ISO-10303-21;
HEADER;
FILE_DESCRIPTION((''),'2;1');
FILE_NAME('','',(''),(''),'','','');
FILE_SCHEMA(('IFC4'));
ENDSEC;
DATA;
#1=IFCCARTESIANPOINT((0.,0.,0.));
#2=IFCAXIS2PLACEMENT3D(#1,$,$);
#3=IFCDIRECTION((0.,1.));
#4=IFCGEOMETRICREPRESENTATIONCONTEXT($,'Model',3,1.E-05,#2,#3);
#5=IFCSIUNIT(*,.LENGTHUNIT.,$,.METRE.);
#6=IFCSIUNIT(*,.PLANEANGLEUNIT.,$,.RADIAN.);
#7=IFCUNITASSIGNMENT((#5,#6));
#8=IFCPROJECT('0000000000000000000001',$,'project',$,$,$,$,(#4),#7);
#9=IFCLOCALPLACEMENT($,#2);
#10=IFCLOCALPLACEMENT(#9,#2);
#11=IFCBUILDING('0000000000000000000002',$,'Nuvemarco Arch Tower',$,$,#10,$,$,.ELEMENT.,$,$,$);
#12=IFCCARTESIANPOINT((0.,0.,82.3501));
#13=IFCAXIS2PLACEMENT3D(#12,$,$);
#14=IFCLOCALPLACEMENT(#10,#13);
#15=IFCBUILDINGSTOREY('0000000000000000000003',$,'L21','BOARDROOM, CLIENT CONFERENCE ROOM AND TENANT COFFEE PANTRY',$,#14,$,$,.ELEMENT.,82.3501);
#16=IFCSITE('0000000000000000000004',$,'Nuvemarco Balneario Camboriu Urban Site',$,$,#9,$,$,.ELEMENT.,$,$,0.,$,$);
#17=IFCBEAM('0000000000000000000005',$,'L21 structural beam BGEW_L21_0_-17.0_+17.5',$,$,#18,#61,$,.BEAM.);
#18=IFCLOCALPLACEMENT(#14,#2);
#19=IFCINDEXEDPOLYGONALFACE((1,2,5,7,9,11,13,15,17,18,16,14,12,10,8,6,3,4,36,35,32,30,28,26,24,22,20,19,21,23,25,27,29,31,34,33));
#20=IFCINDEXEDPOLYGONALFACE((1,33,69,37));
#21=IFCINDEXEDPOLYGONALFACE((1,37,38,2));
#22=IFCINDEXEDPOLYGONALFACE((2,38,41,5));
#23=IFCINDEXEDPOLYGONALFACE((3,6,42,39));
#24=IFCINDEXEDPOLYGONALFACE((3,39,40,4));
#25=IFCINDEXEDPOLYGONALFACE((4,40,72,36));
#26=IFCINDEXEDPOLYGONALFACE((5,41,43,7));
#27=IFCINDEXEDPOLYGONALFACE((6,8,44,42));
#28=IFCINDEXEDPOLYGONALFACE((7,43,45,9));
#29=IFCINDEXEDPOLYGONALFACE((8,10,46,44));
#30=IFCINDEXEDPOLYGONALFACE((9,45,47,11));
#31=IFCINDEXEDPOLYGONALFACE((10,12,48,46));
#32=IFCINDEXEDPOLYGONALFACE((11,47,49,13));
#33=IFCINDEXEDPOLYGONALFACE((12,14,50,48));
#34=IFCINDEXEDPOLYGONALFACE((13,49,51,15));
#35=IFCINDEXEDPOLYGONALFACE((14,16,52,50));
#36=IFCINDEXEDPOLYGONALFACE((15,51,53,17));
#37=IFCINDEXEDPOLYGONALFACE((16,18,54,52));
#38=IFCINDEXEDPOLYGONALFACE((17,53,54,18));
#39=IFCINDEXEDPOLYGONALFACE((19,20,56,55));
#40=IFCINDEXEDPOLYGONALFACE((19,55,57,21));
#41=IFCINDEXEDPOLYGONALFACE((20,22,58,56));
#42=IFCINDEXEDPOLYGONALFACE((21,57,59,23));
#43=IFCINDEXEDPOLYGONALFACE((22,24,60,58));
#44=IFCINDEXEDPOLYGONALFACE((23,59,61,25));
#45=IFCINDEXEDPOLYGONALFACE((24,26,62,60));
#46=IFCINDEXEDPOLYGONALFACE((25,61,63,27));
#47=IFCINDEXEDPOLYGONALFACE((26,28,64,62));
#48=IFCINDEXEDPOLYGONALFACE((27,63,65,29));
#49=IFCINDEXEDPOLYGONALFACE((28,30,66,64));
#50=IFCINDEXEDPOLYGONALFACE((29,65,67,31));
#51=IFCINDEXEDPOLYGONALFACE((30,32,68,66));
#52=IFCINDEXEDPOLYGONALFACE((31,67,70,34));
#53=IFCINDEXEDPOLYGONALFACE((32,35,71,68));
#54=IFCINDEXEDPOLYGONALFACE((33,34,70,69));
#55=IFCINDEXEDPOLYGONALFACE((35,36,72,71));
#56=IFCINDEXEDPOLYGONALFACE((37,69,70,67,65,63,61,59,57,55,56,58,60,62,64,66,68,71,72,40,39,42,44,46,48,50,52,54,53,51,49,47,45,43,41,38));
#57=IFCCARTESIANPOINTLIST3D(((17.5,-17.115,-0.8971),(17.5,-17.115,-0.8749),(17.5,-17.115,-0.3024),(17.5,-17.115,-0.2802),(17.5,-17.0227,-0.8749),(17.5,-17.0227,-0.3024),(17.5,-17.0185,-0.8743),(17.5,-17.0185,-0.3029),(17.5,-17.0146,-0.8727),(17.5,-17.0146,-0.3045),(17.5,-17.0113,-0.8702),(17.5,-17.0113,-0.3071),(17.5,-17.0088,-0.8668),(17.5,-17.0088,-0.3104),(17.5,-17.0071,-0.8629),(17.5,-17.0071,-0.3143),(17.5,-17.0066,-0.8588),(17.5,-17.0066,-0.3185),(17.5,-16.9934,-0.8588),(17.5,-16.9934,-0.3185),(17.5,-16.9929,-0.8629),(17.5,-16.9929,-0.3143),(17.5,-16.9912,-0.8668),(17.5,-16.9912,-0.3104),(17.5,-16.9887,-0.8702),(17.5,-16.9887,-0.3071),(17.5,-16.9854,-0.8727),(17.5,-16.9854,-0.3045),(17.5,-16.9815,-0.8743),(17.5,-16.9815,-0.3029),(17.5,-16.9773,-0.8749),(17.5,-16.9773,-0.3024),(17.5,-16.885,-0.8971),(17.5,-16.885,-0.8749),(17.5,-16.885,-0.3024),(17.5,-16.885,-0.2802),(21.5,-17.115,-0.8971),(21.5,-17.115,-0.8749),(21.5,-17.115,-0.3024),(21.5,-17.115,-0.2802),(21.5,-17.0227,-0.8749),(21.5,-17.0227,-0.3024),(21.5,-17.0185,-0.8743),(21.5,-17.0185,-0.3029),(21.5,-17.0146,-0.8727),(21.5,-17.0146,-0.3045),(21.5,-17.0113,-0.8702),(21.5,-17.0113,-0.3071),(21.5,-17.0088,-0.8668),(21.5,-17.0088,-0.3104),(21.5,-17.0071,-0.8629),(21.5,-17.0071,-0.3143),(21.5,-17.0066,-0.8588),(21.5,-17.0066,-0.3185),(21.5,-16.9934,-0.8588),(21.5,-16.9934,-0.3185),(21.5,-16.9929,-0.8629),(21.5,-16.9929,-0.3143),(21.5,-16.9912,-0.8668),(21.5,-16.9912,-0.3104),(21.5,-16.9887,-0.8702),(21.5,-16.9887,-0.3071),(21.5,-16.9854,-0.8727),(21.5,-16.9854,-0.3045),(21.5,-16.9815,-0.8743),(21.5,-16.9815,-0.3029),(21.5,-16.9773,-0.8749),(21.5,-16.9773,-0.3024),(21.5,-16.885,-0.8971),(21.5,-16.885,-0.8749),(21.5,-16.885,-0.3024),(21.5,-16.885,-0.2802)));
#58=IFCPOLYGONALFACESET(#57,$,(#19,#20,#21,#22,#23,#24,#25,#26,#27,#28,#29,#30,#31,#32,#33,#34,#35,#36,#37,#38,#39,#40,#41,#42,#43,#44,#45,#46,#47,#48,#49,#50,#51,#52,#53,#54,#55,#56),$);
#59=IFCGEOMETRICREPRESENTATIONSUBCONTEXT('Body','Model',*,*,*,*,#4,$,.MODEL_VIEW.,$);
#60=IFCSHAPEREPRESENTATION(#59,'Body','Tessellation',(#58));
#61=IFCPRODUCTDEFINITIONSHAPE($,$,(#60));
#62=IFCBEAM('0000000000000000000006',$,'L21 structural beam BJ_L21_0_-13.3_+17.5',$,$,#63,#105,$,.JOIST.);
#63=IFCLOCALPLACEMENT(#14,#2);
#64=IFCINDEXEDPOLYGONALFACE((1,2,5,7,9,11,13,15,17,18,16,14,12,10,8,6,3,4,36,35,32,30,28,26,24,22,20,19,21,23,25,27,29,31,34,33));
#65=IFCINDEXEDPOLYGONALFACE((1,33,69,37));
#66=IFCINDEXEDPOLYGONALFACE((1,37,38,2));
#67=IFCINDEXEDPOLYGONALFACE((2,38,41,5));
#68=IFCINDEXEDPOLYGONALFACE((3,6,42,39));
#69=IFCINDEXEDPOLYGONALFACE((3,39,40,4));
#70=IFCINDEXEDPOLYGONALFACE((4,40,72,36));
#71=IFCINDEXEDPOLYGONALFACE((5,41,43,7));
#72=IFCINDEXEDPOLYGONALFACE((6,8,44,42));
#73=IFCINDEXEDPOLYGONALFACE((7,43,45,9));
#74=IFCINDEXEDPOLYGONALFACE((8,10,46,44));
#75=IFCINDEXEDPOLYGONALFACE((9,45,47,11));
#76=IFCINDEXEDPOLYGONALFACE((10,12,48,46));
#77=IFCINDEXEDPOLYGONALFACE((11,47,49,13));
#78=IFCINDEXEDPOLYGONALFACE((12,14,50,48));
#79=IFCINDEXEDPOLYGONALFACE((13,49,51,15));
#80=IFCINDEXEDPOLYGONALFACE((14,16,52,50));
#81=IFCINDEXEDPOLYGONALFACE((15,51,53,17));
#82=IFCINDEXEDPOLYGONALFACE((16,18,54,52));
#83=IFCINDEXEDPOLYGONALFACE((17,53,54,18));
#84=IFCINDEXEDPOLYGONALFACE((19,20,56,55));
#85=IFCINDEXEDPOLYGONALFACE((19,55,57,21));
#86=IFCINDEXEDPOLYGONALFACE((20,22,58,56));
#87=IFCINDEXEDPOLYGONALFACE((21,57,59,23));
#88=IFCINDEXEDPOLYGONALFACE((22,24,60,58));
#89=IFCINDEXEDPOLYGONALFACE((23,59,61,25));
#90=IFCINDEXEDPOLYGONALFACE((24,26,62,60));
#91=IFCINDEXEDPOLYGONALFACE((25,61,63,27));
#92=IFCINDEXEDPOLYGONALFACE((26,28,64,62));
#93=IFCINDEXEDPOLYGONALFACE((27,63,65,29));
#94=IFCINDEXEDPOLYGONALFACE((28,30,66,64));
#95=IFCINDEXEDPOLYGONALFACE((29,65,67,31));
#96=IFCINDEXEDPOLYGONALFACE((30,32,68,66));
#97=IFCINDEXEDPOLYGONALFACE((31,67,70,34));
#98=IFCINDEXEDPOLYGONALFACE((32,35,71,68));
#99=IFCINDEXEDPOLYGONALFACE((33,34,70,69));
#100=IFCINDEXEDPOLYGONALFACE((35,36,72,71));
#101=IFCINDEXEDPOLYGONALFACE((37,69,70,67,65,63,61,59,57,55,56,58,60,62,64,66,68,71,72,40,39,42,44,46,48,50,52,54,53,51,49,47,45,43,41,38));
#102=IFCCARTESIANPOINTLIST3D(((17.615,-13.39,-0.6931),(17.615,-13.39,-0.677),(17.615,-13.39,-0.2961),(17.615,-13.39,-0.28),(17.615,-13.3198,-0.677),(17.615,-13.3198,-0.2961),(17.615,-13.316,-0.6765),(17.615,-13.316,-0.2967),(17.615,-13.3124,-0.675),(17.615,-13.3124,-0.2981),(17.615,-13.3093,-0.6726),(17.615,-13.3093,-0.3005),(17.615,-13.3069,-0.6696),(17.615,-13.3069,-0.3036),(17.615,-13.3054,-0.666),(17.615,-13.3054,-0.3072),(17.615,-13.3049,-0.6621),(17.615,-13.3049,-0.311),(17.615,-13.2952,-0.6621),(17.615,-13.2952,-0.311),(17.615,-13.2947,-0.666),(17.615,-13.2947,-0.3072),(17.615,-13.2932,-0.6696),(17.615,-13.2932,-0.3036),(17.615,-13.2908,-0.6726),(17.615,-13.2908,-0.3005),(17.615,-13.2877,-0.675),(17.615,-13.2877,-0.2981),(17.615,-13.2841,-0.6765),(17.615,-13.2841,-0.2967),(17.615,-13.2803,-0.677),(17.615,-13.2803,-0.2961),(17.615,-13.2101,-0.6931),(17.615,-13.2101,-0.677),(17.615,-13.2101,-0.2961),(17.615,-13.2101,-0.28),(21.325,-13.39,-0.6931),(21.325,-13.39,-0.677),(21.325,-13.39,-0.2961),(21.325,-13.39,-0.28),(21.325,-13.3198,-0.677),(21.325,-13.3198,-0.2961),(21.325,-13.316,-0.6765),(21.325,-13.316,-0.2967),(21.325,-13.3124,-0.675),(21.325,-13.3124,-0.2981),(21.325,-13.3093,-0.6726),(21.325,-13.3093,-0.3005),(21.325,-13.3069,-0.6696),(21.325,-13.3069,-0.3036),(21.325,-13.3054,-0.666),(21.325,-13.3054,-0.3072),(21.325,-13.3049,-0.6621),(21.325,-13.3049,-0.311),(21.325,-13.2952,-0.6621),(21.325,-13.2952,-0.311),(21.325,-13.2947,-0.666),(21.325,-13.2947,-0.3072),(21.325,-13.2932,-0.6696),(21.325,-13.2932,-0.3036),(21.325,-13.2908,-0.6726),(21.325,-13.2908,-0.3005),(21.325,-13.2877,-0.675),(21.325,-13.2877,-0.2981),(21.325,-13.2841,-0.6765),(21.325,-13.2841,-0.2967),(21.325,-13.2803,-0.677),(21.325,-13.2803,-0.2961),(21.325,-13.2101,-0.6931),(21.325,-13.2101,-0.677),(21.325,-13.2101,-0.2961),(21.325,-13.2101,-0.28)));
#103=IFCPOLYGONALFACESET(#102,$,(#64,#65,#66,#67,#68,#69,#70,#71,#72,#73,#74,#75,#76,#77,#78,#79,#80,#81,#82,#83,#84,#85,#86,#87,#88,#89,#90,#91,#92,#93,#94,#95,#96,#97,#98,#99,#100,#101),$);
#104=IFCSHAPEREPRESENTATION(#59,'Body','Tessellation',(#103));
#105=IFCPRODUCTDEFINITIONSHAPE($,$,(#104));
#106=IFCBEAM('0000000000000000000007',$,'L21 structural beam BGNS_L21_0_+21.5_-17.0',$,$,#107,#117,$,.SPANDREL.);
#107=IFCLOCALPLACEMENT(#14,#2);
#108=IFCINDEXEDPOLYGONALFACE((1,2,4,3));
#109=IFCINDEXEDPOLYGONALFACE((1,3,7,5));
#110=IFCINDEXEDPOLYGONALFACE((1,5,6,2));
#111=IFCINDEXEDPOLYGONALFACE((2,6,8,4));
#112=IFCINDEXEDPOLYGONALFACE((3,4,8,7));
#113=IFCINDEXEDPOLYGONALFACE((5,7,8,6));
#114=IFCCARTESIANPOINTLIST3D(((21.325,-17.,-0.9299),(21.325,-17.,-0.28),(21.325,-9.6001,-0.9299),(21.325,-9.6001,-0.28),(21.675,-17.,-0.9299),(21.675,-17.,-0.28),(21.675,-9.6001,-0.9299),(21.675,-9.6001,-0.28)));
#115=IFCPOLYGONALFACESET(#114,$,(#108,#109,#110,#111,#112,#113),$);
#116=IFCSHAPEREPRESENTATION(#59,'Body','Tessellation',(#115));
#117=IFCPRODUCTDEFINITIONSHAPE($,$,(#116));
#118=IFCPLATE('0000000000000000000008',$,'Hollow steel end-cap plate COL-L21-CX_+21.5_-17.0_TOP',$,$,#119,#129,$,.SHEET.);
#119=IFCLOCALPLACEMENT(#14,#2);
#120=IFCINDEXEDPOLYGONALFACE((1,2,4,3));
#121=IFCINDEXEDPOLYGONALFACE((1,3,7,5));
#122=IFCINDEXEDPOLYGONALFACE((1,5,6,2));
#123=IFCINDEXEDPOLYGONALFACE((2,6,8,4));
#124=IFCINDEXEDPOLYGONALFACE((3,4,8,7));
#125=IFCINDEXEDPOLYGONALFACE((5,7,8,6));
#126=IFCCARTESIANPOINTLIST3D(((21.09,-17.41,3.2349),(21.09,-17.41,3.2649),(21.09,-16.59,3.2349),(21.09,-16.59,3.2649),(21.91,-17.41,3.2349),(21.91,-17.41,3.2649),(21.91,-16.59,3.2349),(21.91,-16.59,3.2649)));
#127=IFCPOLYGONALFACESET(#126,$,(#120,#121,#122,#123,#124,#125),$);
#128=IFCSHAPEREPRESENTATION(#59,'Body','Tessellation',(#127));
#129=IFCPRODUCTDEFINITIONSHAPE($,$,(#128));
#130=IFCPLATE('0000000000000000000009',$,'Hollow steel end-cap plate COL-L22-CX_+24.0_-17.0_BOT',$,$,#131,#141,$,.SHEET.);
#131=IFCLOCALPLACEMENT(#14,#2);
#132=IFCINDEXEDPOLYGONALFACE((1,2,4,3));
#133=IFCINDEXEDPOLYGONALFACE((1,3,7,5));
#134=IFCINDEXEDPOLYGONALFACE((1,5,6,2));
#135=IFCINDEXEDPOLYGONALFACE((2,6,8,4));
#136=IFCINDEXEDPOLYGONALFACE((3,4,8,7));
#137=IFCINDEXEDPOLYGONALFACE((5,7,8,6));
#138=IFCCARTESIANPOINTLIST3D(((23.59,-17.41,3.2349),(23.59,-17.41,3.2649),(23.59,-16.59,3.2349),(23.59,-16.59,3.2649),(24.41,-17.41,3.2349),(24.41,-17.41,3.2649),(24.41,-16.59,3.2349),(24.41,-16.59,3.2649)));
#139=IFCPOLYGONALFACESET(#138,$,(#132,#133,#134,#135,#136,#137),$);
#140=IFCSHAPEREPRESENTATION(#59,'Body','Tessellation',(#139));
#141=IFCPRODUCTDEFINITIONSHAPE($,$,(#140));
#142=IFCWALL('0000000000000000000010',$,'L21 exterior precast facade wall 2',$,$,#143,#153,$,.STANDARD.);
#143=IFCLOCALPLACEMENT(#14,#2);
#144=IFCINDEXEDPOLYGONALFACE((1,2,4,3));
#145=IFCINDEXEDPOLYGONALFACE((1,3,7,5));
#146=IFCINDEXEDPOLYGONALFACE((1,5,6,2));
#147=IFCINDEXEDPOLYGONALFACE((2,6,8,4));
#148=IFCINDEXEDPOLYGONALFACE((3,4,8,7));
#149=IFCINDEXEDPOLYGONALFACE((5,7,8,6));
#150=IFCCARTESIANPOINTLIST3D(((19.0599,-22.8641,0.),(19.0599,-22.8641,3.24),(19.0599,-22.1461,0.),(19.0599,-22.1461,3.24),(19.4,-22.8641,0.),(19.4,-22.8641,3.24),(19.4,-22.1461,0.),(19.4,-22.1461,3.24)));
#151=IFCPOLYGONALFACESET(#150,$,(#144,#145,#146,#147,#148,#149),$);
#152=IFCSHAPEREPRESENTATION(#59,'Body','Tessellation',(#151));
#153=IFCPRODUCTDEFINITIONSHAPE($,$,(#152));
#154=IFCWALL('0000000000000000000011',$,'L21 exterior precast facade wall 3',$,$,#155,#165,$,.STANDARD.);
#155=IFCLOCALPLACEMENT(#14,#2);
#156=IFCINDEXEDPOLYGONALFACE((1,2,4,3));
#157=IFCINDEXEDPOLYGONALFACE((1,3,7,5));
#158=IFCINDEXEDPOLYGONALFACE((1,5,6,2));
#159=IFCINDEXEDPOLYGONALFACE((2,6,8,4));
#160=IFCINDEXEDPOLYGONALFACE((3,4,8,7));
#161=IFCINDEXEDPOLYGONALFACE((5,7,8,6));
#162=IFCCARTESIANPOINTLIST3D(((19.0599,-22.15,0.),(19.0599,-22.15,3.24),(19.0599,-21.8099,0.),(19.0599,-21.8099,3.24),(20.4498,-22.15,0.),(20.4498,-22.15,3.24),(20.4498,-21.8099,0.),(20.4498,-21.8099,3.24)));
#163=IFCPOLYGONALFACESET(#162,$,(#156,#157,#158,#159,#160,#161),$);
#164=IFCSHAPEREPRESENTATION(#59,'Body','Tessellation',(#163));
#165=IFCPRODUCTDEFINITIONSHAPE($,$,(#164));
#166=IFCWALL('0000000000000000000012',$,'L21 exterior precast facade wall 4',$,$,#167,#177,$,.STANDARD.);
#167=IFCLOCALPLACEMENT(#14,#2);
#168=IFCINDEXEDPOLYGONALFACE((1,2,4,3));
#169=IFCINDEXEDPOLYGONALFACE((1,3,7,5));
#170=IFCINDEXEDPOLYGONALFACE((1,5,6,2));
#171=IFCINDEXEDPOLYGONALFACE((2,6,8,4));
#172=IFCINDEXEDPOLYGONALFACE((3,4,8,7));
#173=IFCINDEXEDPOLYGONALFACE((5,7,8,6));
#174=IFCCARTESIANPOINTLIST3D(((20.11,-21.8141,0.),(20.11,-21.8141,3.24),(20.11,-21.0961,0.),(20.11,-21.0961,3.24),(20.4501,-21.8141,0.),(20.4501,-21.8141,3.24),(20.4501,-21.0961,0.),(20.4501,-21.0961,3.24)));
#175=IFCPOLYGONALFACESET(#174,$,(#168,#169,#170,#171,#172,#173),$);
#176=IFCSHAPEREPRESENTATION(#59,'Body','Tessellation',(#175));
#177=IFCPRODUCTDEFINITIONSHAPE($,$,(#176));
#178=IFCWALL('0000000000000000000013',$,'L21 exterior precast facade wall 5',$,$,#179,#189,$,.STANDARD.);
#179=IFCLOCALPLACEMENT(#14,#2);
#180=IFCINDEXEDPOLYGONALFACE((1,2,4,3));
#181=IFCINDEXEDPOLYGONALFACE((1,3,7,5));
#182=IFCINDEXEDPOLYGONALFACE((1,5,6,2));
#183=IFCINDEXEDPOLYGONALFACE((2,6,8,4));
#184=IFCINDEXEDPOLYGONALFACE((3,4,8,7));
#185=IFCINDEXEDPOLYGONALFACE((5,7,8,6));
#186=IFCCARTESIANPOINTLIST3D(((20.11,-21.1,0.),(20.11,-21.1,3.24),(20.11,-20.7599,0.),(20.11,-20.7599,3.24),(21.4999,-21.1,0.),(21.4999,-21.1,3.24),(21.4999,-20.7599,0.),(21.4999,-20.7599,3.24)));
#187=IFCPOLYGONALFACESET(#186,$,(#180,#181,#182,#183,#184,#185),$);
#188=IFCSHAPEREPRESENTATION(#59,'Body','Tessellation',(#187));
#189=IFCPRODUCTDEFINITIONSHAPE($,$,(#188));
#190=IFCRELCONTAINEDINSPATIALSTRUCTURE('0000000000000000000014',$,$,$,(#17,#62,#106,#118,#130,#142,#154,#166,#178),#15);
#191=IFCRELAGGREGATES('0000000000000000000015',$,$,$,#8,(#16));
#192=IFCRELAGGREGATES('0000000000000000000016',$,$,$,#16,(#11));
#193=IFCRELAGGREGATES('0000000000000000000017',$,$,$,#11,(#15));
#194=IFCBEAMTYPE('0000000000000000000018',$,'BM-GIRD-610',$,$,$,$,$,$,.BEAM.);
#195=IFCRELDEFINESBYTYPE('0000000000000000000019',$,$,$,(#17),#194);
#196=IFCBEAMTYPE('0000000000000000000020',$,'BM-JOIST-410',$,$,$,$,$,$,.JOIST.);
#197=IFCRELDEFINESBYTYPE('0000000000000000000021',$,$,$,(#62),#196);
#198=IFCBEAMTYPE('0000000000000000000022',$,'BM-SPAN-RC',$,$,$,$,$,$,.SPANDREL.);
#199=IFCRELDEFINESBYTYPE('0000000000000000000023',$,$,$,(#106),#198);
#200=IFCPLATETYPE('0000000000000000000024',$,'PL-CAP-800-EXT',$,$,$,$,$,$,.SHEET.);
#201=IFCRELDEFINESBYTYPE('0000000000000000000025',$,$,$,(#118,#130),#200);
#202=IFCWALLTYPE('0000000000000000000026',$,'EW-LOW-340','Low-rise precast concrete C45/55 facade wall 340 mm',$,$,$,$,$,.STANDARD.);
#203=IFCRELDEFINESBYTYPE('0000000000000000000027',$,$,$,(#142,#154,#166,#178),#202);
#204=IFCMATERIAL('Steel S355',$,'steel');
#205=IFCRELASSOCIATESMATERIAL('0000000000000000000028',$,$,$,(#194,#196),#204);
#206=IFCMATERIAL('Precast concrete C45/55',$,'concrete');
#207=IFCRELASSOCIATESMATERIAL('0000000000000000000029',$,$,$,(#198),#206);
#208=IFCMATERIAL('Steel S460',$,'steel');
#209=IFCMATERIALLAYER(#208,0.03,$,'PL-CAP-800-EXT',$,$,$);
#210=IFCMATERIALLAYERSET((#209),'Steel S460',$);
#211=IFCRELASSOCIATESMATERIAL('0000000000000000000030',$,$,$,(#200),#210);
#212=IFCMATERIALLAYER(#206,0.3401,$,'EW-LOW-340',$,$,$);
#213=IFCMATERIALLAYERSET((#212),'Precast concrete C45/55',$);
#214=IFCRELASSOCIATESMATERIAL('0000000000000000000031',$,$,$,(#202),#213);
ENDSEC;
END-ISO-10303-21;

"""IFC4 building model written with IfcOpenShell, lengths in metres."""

from ifc_helpers import new_model, si_unit, direction, frame, frame_2d, origin, origin_2d, place, context, subcontext, project, spatial, rectangle, i_section, extrude, source, transform, mapped, material, layer, layer_set, material_profile, profile_set, type_object, type_shapes, element, save


model = new_model("IFC4")

# Units and contexts
model_context = context("Model", 3, precision=1e-05, world=origin(), true_north=direction((0.0, 1.0)))
body_context = subcontext(model_context, "Body", "Model", "MODEL_VIEW")
ifc_project = project(units=[si_unit("LENGTHUNIT", "METRE"), si_unit("PLANEANGLEUNIT", "RADIAN")], contexts=[model_context])

# Site, building, storey
site_placement = place(None, origin())
site = spatial("IfcSite", under=ifc_project, at=site_placement, Name="Nuvemarco Balneario Camboriu Urban Site", CompositionType="ELEMENT", RefElevation=0.0)
building_placement = place(site_placement, origin())
building = spatial("IfcBuilding", under=site, at=building_placement, Name="Nuvemarco Arch Tower", CompositionType="ELEMENT")
storey_placement = place(building_placement, frame((0.0, 0.0, 82.3501)))
storey = spatial("IfcBuildingStorey", under=building, at=storey_placement, Name="L21", Description="BOARDROOM, CLIENT CONFERENCE ROOM AND TENANT COFFEE PANTRY", CompositionType="ELEMENT", Elevation=82.3501)

# Shared definitions
ifc_material_1 = material(Name="Steel S460", Category="steel")
ifc_material_2 = material(Name="Steel S355", Category="steel")

# Beams
ifc_material_profile_1 = material_profile(ifc_material_2, i_section(OverallWidth=0.23, OverallDepth=0.6169, WebThickness=0.0132, FlangeThickness=0.0222, FilletRadius=0.0161, at=origin_2d()), Name="W610x140")
ifc_profile_set_1 = profile_set([ifc_material_profile_1], Name="Steel S355")
beam_type_1 = type_object("IfcBeamType", Name="BM-GIRD-610", PredefinedType="BEAM", material=ifc_profile_set_1)
beam_1_placement = place(storey_placement, frame((17.5, -17.0, -0.5886), z_axis=(1.0, 0.0, 0.0), x_axis=(0.0, 1.0, 0.0)))
element("IfcBeam", 1, at=beam_1_placement, inside=storey, type_object=beam_type_1, Name="L21 structural beam BGEW_L21_0_-17.0_+17.5", PredefinedType="BEAM", context=body_context, shape_type="SweptSolid", body=[
    extrude(i_section(OverallWidth=0.23, OverallDepth=0.6169, WebThickness=0.0132, FlangeThickness=0.0222, FilletRadius=0.0161, at=origin_2d()), origin(), (0.0, 0.0, 1.0), 4.0),
])
ifc_material_profile_2 = material_profile(ifc_material_2, i_section(OverallWidth=0.1799, OverallDepth=0.4131, WebThickness=0.0098, FlangeThickness=0.0161, FilletRadius=0.0149, at=origin_2d()), Name="W410x75")
ifc_profile_set_2 = profile_set([ifc_material_profile_2], Name="Steel S355")
beam_type_2 = type_object("IfcBeamType", Name="BM-JOIST-410", PredefinedType="JOIST", material=ifc_profile_set_2)
beam_2_placement = place(storey_placement, frame((17.615, -13.3, -0.4866), z_axis=(1.0, 0.0, 0.0), x_axis=(0.0, 1.0, 0.0)))
element("IfcBeam", 2, at=beam_2_placement, inside=storey, type_object=beam_type_2, Name="L21 structural beam BJ_L21_0_-13.3_+17.5", PredefinedType="JOIST", context=body_context, shape_type="SweptSolid", body=[
    extrude(i_section(OverallWidth=0.1799, OverallDepth=0.4131, WebThickness=0.0098, FlangeThickness=0.0161, FilletRadius=0.0149, at=origin_2d()), origin(), (0.0, 0.0, 1.0), 3.71),
])
ifc_material_3 = material(Name="Precast concrete C45/55", Category="concrete")
ifc_material_profile_3 = material_profile(ifc_material_3, rectangle(XDim=0.3501, YDim=0.6499, at=origin_2d()), Name="PC-SP-350x650")
ifc_profile_set_3 = profile_set([ifc_material_profile_3], Name="Precast concrete C45/55")
beam_type_3 = type_object("IfcBeamType", Name="BM-SPAN-RC", PredefinedType="SPANDREL", material=ifc_profile_set_3)
beam_3_placement = place(storey_placement, frame((21.5, -17.0, -0.605), z_axis=(0.0, 1.0, 0.0), x_axis=(-1.0, 0.0, 0.0)))
element("IfcBeam", 3, at=beam_3_placement, inside=storey, type_object=beam_type_3, Name="L21 structural beam BGNS_L21_0_+21.5_-17.0", PredefinedType="SPANDREL", context=body_context, shape_type="SweptSolid", body=[
    extrude(rectangle(XDim=0.3501, YDim=0.6499, at=origin_2d()), origin(), (0.0, 0.0, 1.0), 7.3999),
])

# Plates
ifc_layer_1 = layer(ifc_material_1, 0.03, Name="PL-CAP-800-EXT")
ifc_layer_set_1 = layer_set([ifc_layer_1], Name="Steel S460")
plate_type = type_object("IfcPlateType", Name="PL-CAP-800-EXT", PredefinedType="SHEET", material=ifc_layer_set_1)
shared_shape_1 = source(origin(), body_context, "Body", "SweptSolid", [
    extrude(rectangle(XDim=0.8201, YDim=0.8201, at=origin_2d()), origin(), (0.0, 0.0, 1.0), 0.03),
])
type_shapes(plate_type, [shared_shape_1])
for number, where, z_axis, x_axis, name in (
    (4, (21.5, -17.0, 3.2349), (0.0, 0.0, 1.0), (1.0, 0.0, 0.0), "Hollow steel end-cap plate COL-L21-CX_+21.5_-17.0_TOP"),
    (5, (24.0, -17.0, 3.2349), (0.0, 0.0, 1.0), (1.0, 0.0, 0.0), "Hollow steel end-cap plate COL-L22-CX_+24.0_-17.0_BOT"),
):
    element("IfcPlate", number, at=place(storey_placement, frame(where, z_axis=z_axis, x_axis=x_axis)), inside=storey, type_object=plate_type, Name=name, PredefinedType="SHEET", context=body_context, shape_type="MappedRepresentation", body=[
        mapped(shared_shape_1, transform((0.0, 0.0, 0.0), scale=1.0)),
    ])

# Walls
ifc_layer_2 = layer(ifc_material_3, 0.3401, Name="EW-LOW-340")
ifc_layer_set_2 = layer_set([ifc_layer_2], Name="Precast concrete C45/55")
wall_type_1 = type_object("IfcWallType", Name="EW-LOW-340", Description="Low-rise precast concrete C45/55 facade wall 340 mm", PredefinedType="STANDARD", material=ifc_layer_set_2)
wall_1_placement = place(storey_placement, frame((19.23, -22.864, 0.0), z_axis=(0.0, 0.0, 1.0), x_axis=(0.0, 1.0, 0.0)))
element("IfcWall", 6, at=wall_1_placement, inside=storey, type_object=wall_type_1, Name="L21 exterior precast facade wall 2", PredefinedType="STANDARD", context=body_context, shape_type="SweptSolid", body=[
    extrude(rectangle(XDim=0.718, YDim=0.3401, at=frame_2d((0.3589, 0.0))), origin(), (0.0, 0.0, 1.0), 3.24),
])
wall_2_placement = place(storey_placement, frame((19.0601, -21.98, 0.0), z_axis=(0.0, 0.0, 1.0), x_axis=(1.0, 0.0, 0.0)))
element("IfcWall", 7, at=wall_2_placement, inside=storey, type_object=wall_type_1, Name="L21 exterior precast facade wall 3", PredefinedType="STANDARD", context=body_context, shape_type="SweptSolid", body=[
    extrude(rectangle(XDim=1.3899, YDim=0.3401, at=frame_2d((0.6948, 0.0))), origin(), (0.0, 0.0, 1.0), 3.24),
])
wall_3_placement = place(storey_placement, frame((20.28, -21.814, 0.0), z_axis=(0.0, 0.0, 1.0), x_axis=(0.0, 1.0, 0.0)))
element("IfcWall", 8, at=wall_3_placement, inside=storey, type_object=wall_type_1, Name="L21 exterior precast facade wall 4", PredefinedType="STANDARD", context=body_context, shape_type="SweptSolid", body=[
    extrude(rectangle(XDim=0.718, YDim=0.3401, at=frame_2d((0.3589, 0.0))), origin(), (0.0, 0.0, 1.0), 3.24),
])
wall_4_placement = place(storey_placement, frame((20.1101, -20.9299, 0.0), z_axis=(0.0, 0.0, 1.0), x_axis=(1.0, 0.0, 0.0)))
element("IfcWall", 9, at=wall_4_placement, inside=storey, type_object=wall_type_1, Name="L21 exterior precast facade wall 5", PredefinedType="STANDARD", context=body_context, shape_type="SweptSolid", body=[
    extrude(rectangle(XDim=1.3899, YDim=0.3401, at=frame_2d((0.6948, 0.0))), origin(), (0.0, 0.0, 1.0), 3.24),
])

save(model, "model.ifc")
